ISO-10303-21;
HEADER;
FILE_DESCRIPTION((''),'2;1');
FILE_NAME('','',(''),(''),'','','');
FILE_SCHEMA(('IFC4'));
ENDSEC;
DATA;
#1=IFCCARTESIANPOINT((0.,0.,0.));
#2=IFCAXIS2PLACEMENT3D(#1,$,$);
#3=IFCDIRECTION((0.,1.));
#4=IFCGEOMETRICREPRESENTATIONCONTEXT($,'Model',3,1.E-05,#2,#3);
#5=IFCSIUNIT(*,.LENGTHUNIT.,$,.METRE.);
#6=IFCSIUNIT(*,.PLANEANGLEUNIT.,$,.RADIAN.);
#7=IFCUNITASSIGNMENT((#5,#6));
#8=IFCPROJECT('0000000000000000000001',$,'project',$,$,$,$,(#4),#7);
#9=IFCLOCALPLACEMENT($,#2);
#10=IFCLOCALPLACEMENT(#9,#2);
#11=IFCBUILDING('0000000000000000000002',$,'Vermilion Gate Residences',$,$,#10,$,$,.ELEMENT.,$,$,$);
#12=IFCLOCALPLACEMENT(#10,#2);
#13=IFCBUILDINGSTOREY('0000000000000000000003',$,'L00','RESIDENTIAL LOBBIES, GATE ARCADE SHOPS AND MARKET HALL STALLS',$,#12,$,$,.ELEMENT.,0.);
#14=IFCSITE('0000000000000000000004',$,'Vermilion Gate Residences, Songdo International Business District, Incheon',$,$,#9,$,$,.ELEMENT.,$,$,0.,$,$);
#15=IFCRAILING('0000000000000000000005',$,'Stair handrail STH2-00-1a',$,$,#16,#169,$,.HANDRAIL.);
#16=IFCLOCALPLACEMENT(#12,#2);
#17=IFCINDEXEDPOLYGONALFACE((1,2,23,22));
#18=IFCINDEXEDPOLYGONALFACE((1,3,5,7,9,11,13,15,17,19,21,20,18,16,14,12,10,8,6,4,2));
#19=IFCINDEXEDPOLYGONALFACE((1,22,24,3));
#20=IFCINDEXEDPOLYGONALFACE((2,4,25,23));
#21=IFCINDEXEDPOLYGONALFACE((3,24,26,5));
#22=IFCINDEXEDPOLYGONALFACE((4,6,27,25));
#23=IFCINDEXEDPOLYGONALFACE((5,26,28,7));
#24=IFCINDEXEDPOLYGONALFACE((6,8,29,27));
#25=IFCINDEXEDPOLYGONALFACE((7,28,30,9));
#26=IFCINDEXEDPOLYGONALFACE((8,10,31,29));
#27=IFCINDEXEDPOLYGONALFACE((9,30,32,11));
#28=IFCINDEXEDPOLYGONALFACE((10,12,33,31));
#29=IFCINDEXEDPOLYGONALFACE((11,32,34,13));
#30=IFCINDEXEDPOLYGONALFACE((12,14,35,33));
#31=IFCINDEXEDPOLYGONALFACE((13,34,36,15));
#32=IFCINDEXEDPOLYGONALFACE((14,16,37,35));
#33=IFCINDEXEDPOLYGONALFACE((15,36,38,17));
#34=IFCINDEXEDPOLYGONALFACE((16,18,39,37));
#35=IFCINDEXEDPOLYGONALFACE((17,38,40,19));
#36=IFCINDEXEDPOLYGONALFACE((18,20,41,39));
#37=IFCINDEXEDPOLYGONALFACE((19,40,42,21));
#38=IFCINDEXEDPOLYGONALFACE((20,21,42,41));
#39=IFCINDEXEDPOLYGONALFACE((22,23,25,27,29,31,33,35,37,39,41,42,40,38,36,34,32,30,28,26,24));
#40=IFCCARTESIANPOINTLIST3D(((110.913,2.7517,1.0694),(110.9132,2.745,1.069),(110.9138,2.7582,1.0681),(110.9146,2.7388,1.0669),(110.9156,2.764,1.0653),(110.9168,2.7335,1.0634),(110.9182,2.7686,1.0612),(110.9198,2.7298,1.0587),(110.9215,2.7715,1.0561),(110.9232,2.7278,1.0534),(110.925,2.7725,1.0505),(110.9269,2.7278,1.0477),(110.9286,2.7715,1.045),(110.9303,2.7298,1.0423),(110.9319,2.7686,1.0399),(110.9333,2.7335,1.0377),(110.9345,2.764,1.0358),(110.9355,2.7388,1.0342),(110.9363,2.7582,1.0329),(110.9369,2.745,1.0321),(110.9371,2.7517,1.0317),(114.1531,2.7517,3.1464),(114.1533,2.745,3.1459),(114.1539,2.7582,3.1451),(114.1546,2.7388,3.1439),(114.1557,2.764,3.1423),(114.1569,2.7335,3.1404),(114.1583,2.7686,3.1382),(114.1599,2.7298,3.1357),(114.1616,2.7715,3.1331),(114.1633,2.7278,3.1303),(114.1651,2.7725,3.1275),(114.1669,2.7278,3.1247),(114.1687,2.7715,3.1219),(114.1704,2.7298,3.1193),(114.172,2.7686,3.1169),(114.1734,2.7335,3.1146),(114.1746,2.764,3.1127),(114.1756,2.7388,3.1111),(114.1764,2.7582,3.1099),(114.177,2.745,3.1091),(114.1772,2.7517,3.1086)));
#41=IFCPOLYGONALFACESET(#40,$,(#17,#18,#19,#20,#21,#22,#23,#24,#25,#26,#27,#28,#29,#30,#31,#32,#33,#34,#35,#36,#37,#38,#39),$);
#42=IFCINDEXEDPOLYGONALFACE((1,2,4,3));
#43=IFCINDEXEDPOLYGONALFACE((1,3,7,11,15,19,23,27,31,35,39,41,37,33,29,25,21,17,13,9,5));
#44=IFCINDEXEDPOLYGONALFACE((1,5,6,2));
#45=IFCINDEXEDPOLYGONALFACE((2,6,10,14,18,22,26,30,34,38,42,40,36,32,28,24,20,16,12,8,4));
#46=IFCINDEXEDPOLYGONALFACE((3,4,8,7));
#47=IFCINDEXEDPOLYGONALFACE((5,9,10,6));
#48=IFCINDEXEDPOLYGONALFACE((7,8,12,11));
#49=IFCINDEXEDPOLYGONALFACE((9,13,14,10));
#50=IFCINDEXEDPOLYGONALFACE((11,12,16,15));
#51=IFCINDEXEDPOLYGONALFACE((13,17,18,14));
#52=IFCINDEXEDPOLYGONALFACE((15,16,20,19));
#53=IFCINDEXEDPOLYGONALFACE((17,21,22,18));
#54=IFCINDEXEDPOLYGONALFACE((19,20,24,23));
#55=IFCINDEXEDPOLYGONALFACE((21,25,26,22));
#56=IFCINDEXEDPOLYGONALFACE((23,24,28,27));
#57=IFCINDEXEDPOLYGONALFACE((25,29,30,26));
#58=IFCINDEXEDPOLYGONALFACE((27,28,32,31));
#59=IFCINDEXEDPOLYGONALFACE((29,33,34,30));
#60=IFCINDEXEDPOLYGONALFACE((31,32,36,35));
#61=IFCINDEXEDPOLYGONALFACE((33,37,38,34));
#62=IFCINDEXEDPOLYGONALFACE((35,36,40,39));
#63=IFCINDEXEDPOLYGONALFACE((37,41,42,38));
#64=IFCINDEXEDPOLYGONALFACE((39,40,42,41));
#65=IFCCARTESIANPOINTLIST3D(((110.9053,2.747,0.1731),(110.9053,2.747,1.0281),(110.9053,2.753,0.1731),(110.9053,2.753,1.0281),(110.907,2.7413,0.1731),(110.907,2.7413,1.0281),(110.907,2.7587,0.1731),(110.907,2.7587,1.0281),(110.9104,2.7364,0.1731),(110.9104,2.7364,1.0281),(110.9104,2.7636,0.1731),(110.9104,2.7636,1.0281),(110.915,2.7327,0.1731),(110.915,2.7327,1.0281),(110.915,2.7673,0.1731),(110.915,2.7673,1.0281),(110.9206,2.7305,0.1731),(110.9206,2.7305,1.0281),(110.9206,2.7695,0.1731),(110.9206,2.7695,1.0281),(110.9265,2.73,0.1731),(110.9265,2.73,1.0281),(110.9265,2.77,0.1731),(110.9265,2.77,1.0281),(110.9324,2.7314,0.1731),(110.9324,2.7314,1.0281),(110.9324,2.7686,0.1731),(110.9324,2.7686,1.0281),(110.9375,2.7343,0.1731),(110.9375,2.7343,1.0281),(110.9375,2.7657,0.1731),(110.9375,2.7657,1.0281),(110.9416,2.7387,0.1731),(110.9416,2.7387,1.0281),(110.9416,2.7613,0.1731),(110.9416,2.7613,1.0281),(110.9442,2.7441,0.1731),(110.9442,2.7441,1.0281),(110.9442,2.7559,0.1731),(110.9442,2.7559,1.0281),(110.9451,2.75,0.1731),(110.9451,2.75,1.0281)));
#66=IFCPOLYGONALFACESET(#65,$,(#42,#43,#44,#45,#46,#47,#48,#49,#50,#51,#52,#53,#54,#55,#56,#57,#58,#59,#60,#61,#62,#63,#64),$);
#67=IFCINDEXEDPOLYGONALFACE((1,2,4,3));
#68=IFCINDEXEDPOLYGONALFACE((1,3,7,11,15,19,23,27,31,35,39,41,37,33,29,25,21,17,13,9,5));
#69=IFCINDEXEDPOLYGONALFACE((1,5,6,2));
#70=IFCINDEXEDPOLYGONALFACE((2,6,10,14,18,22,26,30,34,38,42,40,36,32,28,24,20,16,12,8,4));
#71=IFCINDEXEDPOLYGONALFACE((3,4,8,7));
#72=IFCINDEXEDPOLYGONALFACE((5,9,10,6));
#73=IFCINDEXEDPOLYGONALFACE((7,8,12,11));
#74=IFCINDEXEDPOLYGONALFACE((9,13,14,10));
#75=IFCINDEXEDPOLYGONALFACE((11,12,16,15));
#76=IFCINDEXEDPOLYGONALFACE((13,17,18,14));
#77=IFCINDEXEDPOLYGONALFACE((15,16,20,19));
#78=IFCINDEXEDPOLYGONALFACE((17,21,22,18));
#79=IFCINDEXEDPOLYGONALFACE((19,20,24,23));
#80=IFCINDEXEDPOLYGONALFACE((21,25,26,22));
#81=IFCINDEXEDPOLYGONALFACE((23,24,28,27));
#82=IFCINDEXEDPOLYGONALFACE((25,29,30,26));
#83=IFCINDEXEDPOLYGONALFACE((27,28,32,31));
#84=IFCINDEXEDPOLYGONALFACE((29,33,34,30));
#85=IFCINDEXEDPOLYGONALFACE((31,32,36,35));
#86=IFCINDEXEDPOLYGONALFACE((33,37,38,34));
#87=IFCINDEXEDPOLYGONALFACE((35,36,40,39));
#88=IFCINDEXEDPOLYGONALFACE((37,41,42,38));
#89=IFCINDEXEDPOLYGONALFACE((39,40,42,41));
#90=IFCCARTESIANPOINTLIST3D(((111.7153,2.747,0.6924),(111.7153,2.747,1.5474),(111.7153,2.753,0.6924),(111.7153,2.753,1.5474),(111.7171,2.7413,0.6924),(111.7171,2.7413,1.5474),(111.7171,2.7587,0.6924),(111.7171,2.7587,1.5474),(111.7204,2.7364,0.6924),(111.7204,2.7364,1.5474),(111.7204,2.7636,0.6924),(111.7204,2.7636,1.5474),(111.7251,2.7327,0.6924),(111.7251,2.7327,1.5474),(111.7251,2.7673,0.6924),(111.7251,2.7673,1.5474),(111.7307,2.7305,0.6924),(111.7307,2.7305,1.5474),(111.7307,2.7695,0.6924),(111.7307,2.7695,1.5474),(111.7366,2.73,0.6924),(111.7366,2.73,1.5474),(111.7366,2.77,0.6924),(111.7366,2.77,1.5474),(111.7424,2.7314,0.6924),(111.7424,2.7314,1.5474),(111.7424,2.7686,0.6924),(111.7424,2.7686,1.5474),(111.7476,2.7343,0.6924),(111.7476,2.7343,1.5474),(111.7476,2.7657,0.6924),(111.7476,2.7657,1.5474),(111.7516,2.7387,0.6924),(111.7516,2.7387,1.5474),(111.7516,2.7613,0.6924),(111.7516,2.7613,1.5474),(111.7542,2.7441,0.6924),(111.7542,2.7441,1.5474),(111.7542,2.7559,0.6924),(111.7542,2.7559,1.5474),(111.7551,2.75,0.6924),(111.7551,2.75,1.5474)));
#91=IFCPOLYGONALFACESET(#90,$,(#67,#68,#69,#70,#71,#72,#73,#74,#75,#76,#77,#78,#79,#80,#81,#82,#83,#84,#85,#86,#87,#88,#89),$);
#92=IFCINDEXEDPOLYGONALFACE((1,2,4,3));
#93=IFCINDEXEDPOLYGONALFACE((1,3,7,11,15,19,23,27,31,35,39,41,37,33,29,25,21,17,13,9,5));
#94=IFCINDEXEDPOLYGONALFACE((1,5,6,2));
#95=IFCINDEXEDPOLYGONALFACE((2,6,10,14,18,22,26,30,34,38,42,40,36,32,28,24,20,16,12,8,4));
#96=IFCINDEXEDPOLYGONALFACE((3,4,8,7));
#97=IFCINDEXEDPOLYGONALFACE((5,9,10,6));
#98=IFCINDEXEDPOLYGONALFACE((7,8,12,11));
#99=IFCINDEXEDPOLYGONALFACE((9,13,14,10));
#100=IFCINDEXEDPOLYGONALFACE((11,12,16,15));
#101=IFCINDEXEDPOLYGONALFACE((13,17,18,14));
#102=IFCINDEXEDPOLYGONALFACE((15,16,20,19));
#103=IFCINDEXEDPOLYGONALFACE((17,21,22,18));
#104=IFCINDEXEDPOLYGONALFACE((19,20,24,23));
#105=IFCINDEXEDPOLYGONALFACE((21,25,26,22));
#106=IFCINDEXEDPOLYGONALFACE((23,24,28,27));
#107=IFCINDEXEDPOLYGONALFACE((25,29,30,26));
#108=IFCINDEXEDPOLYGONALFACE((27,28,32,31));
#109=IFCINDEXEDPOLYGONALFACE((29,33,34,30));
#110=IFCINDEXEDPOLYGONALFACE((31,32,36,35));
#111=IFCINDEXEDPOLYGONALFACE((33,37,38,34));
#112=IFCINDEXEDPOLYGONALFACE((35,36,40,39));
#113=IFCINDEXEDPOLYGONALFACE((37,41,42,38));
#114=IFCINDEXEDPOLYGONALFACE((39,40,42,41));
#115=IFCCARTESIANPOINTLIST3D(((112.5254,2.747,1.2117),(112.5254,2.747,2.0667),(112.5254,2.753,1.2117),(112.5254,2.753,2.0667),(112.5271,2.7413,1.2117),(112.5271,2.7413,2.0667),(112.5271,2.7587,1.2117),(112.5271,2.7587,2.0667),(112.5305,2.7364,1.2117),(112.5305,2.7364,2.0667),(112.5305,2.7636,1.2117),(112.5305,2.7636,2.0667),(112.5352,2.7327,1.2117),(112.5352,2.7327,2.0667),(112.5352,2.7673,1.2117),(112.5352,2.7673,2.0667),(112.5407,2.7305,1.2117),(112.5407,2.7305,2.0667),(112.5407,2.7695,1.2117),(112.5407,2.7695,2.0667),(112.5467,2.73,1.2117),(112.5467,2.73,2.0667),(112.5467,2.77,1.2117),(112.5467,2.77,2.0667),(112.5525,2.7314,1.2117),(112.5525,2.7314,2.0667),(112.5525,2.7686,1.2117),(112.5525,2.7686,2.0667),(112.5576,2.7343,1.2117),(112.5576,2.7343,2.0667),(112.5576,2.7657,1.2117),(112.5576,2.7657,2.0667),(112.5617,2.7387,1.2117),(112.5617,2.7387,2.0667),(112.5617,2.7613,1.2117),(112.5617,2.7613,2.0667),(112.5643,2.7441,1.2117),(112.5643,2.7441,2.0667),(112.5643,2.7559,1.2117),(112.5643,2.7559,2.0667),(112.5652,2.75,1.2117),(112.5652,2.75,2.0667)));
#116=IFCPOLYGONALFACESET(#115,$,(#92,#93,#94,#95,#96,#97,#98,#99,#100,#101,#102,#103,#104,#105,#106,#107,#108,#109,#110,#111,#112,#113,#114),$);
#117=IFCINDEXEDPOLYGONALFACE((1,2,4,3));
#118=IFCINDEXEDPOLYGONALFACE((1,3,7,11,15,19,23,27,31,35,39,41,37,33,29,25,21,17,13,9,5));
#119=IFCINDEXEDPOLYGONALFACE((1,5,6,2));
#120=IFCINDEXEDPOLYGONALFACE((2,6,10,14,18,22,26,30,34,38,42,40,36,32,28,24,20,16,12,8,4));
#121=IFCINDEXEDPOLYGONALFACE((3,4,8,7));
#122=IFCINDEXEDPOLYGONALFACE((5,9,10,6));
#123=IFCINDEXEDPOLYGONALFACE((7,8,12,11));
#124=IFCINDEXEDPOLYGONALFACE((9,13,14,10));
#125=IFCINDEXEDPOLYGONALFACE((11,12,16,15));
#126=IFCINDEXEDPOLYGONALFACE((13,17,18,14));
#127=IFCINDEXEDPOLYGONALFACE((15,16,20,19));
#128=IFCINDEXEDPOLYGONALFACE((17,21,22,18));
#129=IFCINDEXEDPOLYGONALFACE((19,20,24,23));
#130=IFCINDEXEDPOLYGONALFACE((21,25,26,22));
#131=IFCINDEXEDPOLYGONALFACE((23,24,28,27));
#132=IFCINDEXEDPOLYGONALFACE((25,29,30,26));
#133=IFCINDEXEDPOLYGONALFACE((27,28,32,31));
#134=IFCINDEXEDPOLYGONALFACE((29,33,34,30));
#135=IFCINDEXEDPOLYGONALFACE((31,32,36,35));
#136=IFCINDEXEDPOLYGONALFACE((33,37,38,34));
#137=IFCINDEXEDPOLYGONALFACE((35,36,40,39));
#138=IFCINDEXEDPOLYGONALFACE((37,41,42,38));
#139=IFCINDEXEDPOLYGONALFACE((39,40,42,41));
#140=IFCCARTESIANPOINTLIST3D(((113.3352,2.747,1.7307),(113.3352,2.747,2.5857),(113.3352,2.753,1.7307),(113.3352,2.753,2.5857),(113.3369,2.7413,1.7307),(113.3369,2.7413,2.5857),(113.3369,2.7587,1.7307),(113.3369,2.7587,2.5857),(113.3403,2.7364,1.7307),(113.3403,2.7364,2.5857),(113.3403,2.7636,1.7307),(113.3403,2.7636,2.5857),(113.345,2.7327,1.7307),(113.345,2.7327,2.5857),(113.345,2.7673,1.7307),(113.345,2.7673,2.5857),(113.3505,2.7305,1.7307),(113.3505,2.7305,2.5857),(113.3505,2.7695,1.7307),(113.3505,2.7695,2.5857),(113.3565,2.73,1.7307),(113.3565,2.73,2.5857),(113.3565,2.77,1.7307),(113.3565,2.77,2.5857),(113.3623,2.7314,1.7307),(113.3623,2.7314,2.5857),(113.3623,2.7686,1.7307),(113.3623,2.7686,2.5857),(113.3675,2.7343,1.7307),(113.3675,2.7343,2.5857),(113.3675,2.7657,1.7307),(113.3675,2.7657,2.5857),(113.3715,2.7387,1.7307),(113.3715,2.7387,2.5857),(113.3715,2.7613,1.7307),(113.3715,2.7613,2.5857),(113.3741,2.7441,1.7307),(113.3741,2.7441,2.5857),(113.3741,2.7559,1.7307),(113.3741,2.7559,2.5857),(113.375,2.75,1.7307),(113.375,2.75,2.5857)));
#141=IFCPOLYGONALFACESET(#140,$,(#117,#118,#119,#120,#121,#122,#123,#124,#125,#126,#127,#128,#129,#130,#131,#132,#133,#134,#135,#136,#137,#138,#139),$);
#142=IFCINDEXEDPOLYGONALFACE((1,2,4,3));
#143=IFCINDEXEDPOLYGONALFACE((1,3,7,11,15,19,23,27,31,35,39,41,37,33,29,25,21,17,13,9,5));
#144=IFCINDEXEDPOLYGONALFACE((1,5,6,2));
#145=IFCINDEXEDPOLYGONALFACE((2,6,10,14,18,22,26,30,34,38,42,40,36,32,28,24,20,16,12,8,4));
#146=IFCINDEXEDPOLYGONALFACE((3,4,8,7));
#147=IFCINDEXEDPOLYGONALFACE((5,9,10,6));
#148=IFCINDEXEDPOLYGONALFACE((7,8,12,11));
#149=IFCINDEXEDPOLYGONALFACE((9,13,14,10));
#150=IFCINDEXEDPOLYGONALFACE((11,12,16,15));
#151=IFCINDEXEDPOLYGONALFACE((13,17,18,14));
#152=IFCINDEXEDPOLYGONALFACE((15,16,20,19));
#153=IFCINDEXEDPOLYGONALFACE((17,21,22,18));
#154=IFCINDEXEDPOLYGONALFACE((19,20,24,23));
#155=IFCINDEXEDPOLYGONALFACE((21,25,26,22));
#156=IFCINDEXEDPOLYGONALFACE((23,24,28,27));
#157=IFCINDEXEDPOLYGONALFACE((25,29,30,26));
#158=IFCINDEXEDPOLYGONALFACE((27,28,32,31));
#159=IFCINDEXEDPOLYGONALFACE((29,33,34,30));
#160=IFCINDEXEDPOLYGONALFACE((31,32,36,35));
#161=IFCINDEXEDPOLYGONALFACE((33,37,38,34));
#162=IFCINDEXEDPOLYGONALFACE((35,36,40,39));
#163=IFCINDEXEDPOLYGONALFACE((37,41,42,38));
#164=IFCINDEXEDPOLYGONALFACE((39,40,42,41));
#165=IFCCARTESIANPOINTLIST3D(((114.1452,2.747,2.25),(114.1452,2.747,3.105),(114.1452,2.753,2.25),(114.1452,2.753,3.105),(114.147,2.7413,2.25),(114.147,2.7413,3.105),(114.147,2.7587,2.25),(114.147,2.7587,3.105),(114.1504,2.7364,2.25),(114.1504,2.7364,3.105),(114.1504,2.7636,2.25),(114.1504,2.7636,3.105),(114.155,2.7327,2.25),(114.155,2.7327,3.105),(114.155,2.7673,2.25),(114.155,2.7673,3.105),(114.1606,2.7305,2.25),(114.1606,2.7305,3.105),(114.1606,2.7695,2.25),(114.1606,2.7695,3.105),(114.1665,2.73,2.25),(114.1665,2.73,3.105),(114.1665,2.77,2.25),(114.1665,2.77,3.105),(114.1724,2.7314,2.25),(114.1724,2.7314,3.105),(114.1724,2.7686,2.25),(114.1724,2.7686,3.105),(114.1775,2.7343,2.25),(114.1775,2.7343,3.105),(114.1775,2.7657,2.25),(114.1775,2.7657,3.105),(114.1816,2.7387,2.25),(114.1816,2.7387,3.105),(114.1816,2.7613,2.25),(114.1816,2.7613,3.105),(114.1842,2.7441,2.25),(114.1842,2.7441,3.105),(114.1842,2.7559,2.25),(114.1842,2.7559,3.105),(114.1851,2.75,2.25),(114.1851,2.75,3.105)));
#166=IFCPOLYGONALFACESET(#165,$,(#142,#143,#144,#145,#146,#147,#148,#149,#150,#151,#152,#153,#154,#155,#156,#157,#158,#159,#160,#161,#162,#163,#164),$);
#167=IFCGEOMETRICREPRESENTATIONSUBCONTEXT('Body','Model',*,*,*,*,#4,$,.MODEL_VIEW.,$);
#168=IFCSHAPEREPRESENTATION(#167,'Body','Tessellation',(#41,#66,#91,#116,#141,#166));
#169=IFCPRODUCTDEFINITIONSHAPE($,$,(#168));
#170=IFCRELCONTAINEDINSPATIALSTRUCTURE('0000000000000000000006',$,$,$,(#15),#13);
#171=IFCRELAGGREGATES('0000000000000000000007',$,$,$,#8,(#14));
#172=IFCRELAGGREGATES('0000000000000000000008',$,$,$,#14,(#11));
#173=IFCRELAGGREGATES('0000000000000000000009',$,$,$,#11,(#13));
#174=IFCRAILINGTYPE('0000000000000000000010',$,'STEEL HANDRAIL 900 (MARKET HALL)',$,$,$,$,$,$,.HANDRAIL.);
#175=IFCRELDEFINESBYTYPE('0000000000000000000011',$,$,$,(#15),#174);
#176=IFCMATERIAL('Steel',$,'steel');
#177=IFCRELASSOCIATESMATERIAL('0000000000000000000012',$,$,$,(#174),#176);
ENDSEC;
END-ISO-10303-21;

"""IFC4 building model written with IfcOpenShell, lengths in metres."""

from ifc_helpers import new_model, si_unit, direction, frame, origin, origin_2d, place, context, subcontext, project, spatial, circle, extrude, material, type_object, element, save


model = new_model("IFC4")

# Units and contexts
model_context = context("Model", 3, precision=1e-05, world=origin(), true_north=direction((0.0, 1.0)))
body_context = subcontext(model_context, "Body", "Model", "MODEL_VIEW")
ifc_project = project(units=[si_unit("LENGTHUNIT", "METRE"), si_unit("PLANEANGLEUNIT", "RADIAN")], contexts=[model_context])

# Site, building, storey
site_placement = place(None, origin())
site = spatial("IfcSite", under=ifc_project, at=site_placement, Name="Vermilion Gate Residences, Songdo International Business District, Incheon", CompositionType="ELEMENT", RefElevation=0.0)
building_placement = place(site_placement, origin())
building = spatial("IfcBuilding", under=site, at=building_placement, Name="Vermilion Gate Residences", CompositionType="ELEMENT")
storey_placement = place(building_placement, origin())
storey = spatial("IfcBuildingStorey", under=building, at=storey_placement, Name="L00", Description="RESIDENTIAL LOBBIES, GATE ARCADE SHOPS AND MARKET HALL STALLS", CompositionType="ELEMENT", Elevation=0.0)

# Railing
ifc_material_1 = material(Name="Steel", Category="steel")
railing_type = type_object("IfcRailingType", Name="STEEL HANDRAIL 900 (MARKET HALL)", PredefinedType="HANDRAIL", material=ifc_material_1)
railing_1_placement = place(storey_placement, frame((110.925, 2.75, 0.1731)))
element("IfcRailing", 1, at=railing_1_placement, inside=storey, type_object=railing_type, Name="Stair handrail STH2-00-1a", PredefinedType="HANDRAIL", context=body_context, shape_type="SweptSolid", body=[
    extrude(circle(Radius=0.0225, at=origin_2d()), frame((0.0, 0.0, 0.8774), z_axis=(0.841881, 0.0, 0.539664), x_axis=(0.0, 1.0, 0.0)), (0.0, 0.0, 1.0), 3.8486),
    extrude(circle(Radius=0.02, at=origin_2d()), origin(), (0.0, 0.0, 1.0), 0.855),
    extrude(circle(Radius=0.02, at=origin_2d()), frame((0.8101, 0.0, 0.5193)), (0.0, 0.0, 1.0), 0.855),
    extrude(circle(Radius=0.02, at=origin_2d()), frame((1.6201, 0.0, 1.0386)), (0.0, 0.0, 1.0), 0.855),
    extrude(circle(Radius=0.02, at=origin_2d()), frame((2.4299, 0.0, 1.5576)), (0.0, 0.0, 1.0), 0.855),
    extrude(circle(Radius=0.02, at=origin_2d()), frame((3.24, 0.0, 2.0769)), (0.0, 0.0, 1.0), 0.855),
])

save(model, "model.ifc")
